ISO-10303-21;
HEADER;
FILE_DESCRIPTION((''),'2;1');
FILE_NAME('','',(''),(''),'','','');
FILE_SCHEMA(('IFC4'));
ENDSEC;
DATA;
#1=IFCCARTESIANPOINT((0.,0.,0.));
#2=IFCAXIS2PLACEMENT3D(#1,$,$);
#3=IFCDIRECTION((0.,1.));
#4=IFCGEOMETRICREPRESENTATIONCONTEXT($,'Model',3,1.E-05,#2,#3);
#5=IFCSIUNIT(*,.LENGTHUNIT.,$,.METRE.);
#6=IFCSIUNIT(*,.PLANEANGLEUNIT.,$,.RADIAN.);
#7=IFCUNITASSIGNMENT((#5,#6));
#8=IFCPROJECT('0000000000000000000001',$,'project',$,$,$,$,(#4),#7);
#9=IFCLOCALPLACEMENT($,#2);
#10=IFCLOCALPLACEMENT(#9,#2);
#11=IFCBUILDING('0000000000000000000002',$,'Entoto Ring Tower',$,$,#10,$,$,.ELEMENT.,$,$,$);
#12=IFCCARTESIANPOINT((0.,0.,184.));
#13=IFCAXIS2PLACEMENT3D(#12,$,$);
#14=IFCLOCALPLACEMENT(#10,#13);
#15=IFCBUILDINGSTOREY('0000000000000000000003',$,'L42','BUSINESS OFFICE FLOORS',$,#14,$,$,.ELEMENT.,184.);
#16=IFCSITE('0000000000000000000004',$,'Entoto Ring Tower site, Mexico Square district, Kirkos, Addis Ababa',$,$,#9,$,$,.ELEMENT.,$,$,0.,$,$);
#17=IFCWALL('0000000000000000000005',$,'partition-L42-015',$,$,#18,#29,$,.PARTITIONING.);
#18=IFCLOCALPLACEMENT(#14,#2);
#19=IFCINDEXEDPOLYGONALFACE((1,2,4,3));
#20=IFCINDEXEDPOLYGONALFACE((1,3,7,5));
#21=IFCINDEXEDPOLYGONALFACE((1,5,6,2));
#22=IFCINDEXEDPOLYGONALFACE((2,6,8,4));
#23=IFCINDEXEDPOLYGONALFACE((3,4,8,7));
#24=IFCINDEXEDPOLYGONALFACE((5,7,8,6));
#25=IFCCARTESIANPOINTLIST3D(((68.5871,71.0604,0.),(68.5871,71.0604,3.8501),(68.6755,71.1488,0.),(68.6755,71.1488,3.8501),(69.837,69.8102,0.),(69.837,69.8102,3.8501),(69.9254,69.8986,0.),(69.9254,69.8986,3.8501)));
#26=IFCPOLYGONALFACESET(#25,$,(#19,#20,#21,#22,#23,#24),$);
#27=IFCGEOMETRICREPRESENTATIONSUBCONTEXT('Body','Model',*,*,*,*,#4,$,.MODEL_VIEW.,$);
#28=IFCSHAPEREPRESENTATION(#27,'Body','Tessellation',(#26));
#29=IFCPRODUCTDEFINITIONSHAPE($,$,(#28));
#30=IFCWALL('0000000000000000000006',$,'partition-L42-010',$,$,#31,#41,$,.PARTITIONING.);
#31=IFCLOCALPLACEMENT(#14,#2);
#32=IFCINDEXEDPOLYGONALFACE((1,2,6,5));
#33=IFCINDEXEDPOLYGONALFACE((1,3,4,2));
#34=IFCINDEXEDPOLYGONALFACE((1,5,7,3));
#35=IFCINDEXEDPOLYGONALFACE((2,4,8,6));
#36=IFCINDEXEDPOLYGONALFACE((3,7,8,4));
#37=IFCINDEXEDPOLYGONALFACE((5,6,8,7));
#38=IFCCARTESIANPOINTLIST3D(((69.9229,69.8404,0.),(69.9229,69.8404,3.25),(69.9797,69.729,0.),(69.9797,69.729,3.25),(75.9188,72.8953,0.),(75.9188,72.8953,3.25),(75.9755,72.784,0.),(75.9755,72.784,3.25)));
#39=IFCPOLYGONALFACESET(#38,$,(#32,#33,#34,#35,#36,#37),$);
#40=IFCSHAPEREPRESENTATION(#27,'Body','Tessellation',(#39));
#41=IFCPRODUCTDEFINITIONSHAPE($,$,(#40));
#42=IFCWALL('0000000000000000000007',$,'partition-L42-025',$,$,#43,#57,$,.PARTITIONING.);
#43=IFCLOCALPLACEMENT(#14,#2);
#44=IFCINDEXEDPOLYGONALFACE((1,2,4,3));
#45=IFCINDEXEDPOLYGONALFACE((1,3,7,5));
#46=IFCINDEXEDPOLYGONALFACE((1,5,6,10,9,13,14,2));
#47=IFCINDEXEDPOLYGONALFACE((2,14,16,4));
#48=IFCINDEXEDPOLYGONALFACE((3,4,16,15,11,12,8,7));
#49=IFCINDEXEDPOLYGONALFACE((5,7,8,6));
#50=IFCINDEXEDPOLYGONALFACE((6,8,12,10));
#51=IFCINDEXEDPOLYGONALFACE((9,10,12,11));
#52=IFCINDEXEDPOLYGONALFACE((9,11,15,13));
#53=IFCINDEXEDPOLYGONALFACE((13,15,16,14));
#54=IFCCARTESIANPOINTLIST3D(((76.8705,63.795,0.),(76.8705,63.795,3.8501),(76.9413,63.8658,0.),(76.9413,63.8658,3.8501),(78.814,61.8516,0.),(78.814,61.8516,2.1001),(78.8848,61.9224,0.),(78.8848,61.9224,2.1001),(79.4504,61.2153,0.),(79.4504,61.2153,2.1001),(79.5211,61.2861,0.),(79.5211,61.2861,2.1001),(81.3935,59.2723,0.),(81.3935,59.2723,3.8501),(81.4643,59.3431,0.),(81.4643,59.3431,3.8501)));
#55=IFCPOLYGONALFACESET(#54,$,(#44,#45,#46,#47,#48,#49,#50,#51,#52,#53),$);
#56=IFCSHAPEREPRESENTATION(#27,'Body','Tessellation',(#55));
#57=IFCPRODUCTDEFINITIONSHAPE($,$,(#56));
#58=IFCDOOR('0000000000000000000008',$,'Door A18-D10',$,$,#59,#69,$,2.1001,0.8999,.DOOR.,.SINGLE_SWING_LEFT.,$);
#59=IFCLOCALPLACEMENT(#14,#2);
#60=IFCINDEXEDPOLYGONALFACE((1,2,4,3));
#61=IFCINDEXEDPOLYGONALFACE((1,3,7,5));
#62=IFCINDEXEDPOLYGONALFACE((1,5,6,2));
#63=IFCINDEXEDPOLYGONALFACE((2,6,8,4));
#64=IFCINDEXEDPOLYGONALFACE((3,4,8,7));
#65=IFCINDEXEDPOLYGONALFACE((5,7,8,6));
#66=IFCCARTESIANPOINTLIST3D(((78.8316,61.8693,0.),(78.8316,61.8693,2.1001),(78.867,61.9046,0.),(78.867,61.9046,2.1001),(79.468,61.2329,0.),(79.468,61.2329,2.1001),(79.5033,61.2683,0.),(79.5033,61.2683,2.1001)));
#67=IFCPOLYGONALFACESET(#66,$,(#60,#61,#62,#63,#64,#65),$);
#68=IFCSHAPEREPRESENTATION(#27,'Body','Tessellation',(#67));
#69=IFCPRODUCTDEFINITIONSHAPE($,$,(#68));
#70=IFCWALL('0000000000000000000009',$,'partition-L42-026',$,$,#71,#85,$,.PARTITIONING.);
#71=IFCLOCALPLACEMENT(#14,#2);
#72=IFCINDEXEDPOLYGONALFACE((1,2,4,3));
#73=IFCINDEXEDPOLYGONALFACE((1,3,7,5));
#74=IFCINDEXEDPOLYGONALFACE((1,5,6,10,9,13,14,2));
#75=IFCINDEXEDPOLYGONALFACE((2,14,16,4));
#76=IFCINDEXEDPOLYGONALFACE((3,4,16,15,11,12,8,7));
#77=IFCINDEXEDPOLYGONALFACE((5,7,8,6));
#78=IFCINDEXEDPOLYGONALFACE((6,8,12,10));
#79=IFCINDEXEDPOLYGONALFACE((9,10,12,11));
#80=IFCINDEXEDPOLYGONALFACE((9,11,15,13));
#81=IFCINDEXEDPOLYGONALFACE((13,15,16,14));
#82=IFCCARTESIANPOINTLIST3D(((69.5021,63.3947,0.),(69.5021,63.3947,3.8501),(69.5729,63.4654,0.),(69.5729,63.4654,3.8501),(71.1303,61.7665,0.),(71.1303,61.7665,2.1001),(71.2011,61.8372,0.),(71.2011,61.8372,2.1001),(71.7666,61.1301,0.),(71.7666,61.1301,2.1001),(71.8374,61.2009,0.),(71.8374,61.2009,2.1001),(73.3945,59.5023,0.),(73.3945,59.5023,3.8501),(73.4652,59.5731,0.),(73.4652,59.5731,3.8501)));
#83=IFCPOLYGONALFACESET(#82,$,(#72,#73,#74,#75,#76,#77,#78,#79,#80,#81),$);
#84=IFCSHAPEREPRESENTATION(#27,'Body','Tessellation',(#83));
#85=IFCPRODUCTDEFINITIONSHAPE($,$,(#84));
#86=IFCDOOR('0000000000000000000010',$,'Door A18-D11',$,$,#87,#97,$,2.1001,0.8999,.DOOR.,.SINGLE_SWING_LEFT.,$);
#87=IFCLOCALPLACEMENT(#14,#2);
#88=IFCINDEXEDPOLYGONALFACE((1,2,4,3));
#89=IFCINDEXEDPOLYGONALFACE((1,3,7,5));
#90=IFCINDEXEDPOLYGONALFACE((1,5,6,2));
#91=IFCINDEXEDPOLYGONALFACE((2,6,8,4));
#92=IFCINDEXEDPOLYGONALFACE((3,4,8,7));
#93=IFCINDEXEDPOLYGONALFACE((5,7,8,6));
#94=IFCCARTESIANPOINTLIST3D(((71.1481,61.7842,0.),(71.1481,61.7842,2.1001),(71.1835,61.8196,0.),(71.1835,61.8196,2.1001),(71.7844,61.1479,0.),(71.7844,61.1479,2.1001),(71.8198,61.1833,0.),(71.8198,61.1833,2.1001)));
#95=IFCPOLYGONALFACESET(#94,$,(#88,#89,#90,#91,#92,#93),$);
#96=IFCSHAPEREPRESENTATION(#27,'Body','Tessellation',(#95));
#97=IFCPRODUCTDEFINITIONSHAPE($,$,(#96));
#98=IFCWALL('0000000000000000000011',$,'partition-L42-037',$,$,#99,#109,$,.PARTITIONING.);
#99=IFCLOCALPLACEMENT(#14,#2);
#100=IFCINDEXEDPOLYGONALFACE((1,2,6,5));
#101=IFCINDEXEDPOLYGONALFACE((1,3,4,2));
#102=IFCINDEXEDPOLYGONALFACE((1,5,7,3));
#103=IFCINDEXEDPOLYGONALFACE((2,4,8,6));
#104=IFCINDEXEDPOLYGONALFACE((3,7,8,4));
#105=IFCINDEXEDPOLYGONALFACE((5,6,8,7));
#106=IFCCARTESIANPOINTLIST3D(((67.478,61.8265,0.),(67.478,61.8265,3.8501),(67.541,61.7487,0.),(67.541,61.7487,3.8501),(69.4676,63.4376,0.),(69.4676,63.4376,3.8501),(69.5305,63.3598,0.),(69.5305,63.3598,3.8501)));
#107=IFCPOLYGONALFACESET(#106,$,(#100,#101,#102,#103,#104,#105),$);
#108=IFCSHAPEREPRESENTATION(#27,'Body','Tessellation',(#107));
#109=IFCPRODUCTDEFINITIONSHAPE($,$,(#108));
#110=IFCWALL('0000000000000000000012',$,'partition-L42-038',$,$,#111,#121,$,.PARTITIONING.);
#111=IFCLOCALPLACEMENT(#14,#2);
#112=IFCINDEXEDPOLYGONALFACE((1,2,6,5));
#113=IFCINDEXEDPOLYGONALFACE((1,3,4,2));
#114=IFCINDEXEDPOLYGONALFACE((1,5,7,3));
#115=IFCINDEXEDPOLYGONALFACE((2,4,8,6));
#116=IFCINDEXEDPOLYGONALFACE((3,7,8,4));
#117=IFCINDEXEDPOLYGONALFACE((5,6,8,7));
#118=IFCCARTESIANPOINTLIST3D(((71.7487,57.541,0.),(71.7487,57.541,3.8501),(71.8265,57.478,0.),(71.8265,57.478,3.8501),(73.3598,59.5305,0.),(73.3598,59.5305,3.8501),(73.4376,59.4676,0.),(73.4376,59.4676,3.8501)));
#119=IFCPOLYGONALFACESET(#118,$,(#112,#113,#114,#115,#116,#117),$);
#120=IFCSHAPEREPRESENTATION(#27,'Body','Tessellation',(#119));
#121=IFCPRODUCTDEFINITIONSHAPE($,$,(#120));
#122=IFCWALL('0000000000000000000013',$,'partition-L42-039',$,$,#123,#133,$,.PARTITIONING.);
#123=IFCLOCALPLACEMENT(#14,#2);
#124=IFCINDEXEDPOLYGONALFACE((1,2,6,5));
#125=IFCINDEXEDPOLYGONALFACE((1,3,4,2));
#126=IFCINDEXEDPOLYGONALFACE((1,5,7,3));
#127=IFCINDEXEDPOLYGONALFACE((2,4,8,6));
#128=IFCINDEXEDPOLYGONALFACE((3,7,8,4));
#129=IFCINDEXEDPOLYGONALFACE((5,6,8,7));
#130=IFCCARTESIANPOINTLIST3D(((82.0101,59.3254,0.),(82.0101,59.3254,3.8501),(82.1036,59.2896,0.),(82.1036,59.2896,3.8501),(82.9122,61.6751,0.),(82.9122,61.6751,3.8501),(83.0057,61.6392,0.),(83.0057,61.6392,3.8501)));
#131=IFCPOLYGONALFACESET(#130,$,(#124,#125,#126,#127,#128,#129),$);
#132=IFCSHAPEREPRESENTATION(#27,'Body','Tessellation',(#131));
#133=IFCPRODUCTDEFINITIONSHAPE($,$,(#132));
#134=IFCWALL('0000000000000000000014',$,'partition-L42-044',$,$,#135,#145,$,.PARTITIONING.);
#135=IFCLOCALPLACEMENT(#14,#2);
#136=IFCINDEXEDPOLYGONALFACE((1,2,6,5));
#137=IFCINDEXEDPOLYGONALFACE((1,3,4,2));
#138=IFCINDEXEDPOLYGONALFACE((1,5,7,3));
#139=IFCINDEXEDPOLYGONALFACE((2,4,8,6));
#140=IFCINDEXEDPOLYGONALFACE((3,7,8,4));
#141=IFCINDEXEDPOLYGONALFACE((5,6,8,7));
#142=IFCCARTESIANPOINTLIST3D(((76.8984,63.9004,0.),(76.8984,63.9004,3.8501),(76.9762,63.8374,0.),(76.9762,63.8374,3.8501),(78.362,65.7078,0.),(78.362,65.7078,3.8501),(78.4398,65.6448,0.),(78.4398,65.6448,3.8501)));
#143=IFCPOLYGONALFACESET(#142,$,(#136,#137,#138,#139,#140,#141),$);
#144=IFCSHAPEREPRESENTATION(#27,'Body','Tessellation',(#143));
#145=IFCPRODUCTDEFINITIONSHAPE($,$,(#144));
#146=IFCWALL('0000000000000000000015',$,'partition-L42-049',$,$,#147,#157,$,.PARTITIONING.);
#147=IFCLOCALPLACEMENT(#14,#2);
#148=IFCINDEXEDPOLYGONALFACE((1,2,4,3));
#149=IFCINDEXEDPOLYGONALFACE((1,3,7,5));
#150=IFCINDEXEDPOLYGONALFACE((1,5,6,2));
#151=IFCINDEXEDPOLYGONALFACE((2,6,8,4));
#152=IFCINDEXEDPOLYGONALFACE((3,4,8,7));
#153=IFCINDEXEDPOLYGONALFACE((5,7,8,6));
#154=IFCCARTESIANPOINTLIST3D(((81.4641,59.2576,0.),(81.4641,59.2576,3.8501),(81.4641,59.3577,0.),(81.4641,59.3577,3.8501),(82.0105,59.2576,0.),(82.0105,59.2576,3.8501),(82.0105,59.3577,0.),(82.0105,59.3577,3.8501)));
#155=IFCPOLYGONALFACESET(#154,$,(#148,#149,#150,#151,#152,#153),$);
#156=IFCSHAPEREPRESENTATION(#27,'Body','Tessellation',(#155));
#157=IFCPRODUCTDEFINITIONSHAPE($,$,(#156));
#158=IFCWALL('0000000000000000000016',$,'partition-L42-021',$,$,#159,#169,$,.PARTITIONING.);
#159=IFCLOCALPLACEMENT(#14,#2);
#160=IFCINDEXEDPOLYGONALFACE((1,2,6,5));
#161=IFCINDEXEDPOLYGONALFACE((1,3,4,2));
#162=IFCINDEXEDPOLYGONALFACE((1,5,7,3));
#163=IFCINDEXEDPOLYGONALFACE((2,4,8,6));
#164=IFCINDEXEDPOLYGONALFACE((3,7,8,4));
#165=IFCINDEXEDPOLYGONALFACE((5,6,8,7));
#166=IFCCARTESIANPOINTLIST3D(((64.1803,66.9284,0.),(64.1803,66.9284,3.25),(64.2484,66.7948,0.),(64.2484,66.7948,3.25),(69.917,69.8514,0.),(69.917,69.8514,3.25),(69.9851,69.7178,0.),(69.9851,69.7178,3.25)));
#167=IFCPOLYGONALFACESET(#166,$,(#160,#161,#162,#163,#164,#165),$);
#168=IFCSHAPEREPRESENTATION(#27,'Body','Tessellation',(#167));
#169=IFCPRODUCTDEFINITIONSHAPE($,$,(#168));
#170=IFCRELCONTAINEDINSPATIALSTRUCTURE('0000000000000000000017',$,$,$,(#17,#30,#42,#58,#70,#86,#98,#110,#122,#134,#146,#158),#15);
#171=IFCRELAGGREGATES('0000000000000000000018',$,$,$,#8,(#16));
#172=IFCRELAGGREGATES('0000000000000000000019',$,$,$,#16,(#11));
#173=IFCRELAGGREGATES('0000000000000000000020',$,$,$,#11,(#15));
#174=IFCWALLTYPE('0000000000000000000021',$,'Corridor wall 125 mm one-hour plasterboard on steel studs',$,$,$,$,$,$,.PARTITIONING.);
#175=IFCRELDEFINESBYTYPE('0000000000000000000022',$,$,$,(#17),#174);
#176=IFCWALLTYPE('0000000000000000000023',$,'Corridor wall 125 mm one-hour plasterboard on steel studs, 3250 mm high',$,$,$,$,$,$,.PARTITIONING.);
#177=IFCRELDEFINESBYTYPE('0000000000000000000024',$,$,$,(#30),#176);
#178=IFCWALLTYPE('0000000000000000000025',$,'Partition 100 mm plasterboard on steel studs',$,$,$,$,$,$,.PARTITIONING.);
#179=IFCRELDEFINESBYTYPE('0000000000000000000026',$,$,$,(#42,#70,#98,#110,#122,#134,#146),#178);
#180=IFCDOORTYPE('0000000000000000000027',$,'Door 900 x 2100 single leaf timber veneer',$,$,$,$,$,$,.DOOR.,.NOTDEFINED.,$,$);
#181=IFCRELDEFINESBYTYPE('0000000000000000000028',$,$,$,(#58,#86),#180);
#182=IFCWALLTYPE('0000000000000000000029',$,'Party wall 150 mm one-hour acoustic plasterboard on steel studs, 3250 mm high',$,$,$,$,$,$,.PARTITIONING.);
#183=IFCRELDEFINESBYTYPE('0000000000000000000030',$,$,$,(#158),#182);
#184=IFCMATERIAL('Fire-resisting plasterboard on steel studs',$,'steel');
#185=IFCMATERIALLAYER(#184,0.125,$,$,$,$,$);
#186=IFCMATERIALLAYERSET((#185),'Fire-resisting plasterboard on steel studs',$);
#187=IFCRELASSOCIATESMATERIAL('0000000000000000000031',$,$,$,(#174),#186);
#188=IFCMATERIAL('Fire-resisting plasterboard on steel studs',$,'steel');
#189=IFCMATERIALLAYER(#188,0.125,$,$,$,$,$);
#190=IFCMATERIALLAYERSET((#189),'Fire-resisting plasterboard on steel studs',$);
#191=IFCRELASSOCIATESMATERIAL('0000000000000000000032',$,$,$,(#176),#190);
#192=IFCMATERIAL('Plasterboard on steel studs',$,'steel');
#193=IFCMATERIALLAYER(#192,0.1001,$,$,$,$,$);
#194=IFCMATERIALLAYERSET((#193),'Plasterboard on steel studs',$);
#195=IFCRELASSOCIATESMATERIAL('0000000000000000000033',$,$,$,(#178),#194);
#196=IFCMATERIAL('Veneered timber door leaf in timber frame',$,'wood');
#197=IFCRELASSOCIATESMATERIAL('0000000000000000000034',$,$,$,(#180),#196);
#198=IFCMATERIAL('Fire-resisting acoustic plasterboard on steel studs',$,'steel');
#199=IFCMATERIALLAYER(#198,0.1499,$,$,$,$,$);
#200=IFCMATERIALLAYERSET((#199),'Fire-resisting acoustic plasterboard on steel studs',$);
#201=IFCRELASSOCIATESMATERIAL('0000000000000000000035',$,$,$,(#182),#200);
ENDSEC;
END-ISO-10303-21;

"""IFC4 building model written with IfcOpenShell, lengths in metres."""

from ifc_helpers import new_model, si_unit, direction, frame, frame_2d, origin, place, context, subcontext, project, spatial, rectangle, extrude, material, layer, layer_set, type_object, element, fill, save


model = new_model("IFC4")

# Units and contexts
model_context = context("Model", 3, precision=1e-05, world=origin(), true_north=direction((0.0, 1.0)))
body_context = subcontext(model_context, "Body", "Model", "MODEL_VIEW")
ifc_project = project(units=[si_unit("LENGTHUNIT", "METRE"), si_unit("PLANEANGLEUNIT", "RADIAN")], contexts=[model_context])

# Site, building, storey
site_placement = place(None, origin())
site = spatial("IfcSite", under=ifc_project, at=site_placement, Name="Entoto Ring Tower site, Mexico Square district, Kirkos, Addis Ababa", CompositionType="ELEMENT", RefElevation=0.0)
building_placement = place(site_placement, origin())
building = spatial("IfcBuilding", under=site, at=building_placement, Name="Entoto Ring Tower", CompositionType="ELEMENT")
storey_placement = place(building_placement, frame((0.0, 0.0, 184.0)))
storey = spatial("IfcBuildingStorey", under=building, at=storey_placement, Name="L42", Description="BUSINESS OFFICE FLOORS", CompositionType="ELEMENT", Elevation=184.0)

# Shared definitions
ifc_material_1 = material(Name="Fire-resisting plasterboard on steel studs", Category="steel")
ifc_layer_1 = layer(ifc_material_1, 0.125)
ifc_layer_set_1 = layer_set([ifc_layer_1], Name="Fire-resisting plasterboard on steel studs")
wall_type_1 = type_object("IfcWallType", Name="Corridor wall 125 mm one-hour plasterboard on steel studs", PredefinedType="PARTITIONING", material=ifc_layer_set_1)

# Walls
wall_1_placement = place(storey_placement, frame((69.8811, 69.8545, 0.0), z_axis=(0.0, 0.0, 1.0), x_axis=(-0.707038, 0.707176, 0.0)))
element("IfcWall", 1, at=wall_1_placement, inside=storey, type_object=wall_type_1, Name="partition-L42-015", PredefinedType="PARTITIONING", context=body_context, shape_type="SweptSolid", body=[
    extrude(rectangle(XDim=1.7678, YDim=0.125, at=frame_2d((0.8838, 0.0))), origin(), (0.0, 0.0, 1.0), 3.8501),
])
ifc_material_2 = material(Name="Fire-resisting plasterboard on steel studs", Category="steel")
ifc_layer_2 = layer(ifc_material_2, 0.125)
ifc_layer_set_2 = layer_set([ifc_layer_2], Name="Fire-resisting plasterboard on steel studs")
wall_type_2 = type_object("IfcWallType", Name="Corridor wall 125 mm one-hour plasterboard on steel studs, 3250 mm high", PredefinedType="PARTITIONING", material=ifc_layer_set_2)
wall_2_placement = place(storey_placement, frame((69.9512, 69.7847, 0.0), z_axis=(0.0, 0.0, 1.0), x_axis=(0.891013, 0.453978, 0.0)))
element("IfcWall", 2, at=wall_2_placement, inside=storey, type_object=wall_type_2, Name="partition-L42-010", PredefinedType="PARTITIONING", context=body_context, shape_type="SweptSolid", body=[
    extrude(rectangle(XDim=6.7292, YDim=0.125, at=frame_2d((3.3647, 0.0))), origin(), (0.0, 0.0, 1.0), 3.25),
])

# Walls, openings, doors
ifc_material_3 = material(Name="Plasterboard on steel studs", Category="steel")
ifc_layer_3 = layer(ifc_material_3, 0.1001)
ifc_layer_set_3 = layer_set([ifc_layer_3], Name="Plasterboard on steel studs")
wall_type_3 = type_object("IfcWallType", Name="Partition 100 mm plasterboard on steel studs", PredefinedType="PARTITIONING", material=ifc_layer_set_3)
wall_3_placement = place(storey_placement, frame((81.429, 59.3076, 0.0), z_axis=(0.0, 0.0, 1.0), x_axis=(-0.707126, 0.707088, 0.0)))
wall_3 = element("IfcWall", 3, at=wall_3_placement, inside=storey, type_object=wall_type_3, Name="partition-L42-025", PredefinedType="PARTITIONING", context=body_context, shape_type="SweptSolid", body=[
    extrude(rectangle(XDim=6.3962, YDim=0.1001, at=frame_2d((3.1982, 0.0))), origin(), (0.0, 0.0, 1.0), 3.8501),
])
opening_1_placement = place(wall_3_placement, frame((2.748, 0.0, 0.0)))
opening_1 = element("IfcOpeningElement", 4, at=opening_1_placement, cuts=wall_3, PredefinedType="OPENING", context=body_context, shape_type="SweptSolid", body=[
    extrude(rectangle(XDim=0.8999, YDim=2.1001, at=frame_2d((0.45, 1.05))), frame((0.0, 0.0601, 0.0), z_axis=(0.0, -1.0, 0.0), x_axis=(1.0, 0.0, 0.0)), (0.0, 0.0, 1.0), 0.1201),
])
ifc_material_4 = material(Name="Veneered timber door leaf in timber frame", Category="wood")
door_type_1 = type_object("IfcDoorType", Name="Door 900 x 2100 single leaf timber veneer", OperationType="NOTDEFINED", PredefinedType="DOOR", material=ifc_material_4)
door_1_placement = place(opening_1_placement, frame((0.8999, 0.0, 0.0), z_axis=(0.0, 0.0, 1.0), x_axis=(-1.0, 0.0, 0.0)))
door_1 = element("IfcDoor", 5, at=door_1_placement, inside=storey, type_object=door_type_1, Name="Door A18-D10", OperationType="SINGLE_SWING_LEFT", OverallHeight=2.1001, OverallWidth=0.8999, PredefinedType="DOOR", context=body_context, shape_type="SweptSolid", body=[
    extrude(rectangle(XDim=0.8999, YDim=2.1001, at=frame_2d((0.45, 1.05))), frame((0.0, 0.0249, 0.0), z_axis=(0.0, -1.0, 0.0), x_axis=(1.0, 0.0, 0.0)), (0.0, 0.0, 1.0), 0.05),
])
fill(opening_1, door_1)
wall_4_placement = place(storey_placement, frame((73.4299, 59.5376, 0.0), z_axis=(0.0, 0.0, 1.0), x_axis=(-0.707107, 0.707107, 0.0)))
wall_4 = element("IfcWall", 6, at=wall_4_placement, inside=storey, type_object=wall_type_3, Name="partition-L42-026", PredefinedType="PARTITIONING", context=body_context, shape_type="SweptSolid", body=[
    extrude(rectangle(XDim=5.5046, YDim=0.1001, at=frame_2d((2.7524, 0.0))), origin(), (0.0, 0.0, 1.0), 3.8501),
])
opening_2_placement = place(wall_4_placement, frame((2.3022, 0.0, 0.0)))
opening_2 = element("IfcOpeningElement", 7, at=opening_2_placement, cuts=wall_4, PredefinedType="OPENING", context=body_context, shape_type="SweptSolid", body=[
    extrude(rectangle(XDim=0.8999, YDim=2.1001, at=frame_2d((0.45, 1.05))), frame((0.0, 0.0601, 0.0), z_axis=(0.0, -1.0, 0.0), x_axis=(1.0, 0.0, 0.0)), (0.0, 0.0, 1.0), 0.1201),
])
door_2_placement = place(opening_2_placement, origin())
door_2 = element("IfcDoor", 8, at=door_2_placement, inside=storey, type_object=door_type_1, Name="Door A18-D11", OperationType="SINGLE_SWING_LEFT", OverallHeight=2.1001, OverallWidth=0.8999, PredefinedType="DOOR", context=body_context, shape_type="SweptSolid", body=[
    extrude(rectangle(XDim=0.8999, YDim=2.1001, at=frame_2d((0.45, 1.05))), frame((0.0, 0.0249, 0.0), z_axis=(0.0, -1.0, 0.0), x_axis=(1.0, 0.0, 0.0)), (0.0, 0.0, 1.0), 0.05),
])
fill(opening_2, door_2)

# Walls
for number, where, z_axis, x_axis, name in (
    (9, (67.5095, 61.7876, 0.0), (0.0, 0.0, 1.0), (0.777143, 0.629324, 0.0), "partition-L42-037"),
    (10, (71.7876, 57.5095, 0.0), (0.0, 0.0, 1.0), (0.629324, 0.777143, 0.0), "partition-L42-038"),
):
    element("IfcWall", number, at=place(storey_placement, frame(where, z_axis=z_axis, x_axis=x_axis)), inside=storey, type_object=wall_type_3, Name=name, PredefinedType="PARTITIONING", context=body_context, shape_type="SweptSolid", body=[
        extrude(rectangle(XDim=2.5601, YDim=0.1001, at=frame_2d((1.28, 0.0))), origin(), (0.0, 0.0, 1.0), 3.8501),
    ])
wall_5_placement = place(storey_placement, frame((82.0569, 59.3076, 0.0), z_axis=(0.0, 0.0, 1.0), x_axis=(0.358426, 0.933558, 0.0)))
element("IfcWall", 11, at=wall_5_placement, inside=storey, type_object=wall_type_3, Name="partition-L42-039", PredefinedType="PARTITIONING", context=body_context, shape_type="SweptSolid", body=[
    extrude(rectangle(XDim=2.5168, YDim=0.1001, at=frame_2d((1.2583, 0.0))), origin(), (0.0, 0.0, 1.0), 3.8501),
])
wall_6_placement = place(storey_placement, frame((76.9373, 63.8689, 0.0), z_axis=(0.0, 0.0, 1.0), x_axis=(0.629331, 0.777137, 0.0)))
element("IfcWall", 12, at=wall_6_placement, inside=storey, type_object=wall_type_3, Name="partition-L42-044", PredefinedType="PARTITIONING", context=body_context, shape_type="SweptSolid", body=[
    extrude(rectangle(XDim=2.3257, YDim=0.1001, at=frame_2d((1.1628, 0.0))), origin(), (0.0, 0.0, 1.0), 3.8501),
])
wall_7_placement = place(storey_placement, frame((81.4641, 59.3076, 0.0), z_axis=(0.0, 0.0, 1.0), x_axis=(1.0, 0.0, 0.0)))
element("IfcWall", 13, at=wall_7_placement, inside=storey, type_object=wall_type_3, Name="partition-L42-049", PredefinedType="PARTITIONING", context=body_context, shape_type="SweptSolid", body=[
    extrude(rectangle(XDim=0.5464, YDim=0.1001, at=frame_2d((0.2732, 0.0))), origin(), (0.0, 0.0, 1.0), 3.8501),
])
ifc_material_5 = material(Name="Fire-resisting acoustic plasterboard on steel studs", Category="steel")
ifc_layer_4 = layer(ifc_material_5, 0.1499)
ifc_layer_set_4 = layer_set([ifc_layer_4], Name="Fire-resisting acoustic plasterboard on steel studs")
wall_type_4 = type_object("IfcWallType", Name="Party wall 150 mm one-hour acoustic plasterboard on steel studs, 3250 mm high", PredefinedType="PARTITIONING", material=ifc_layer_set_4)
wall_8_placement = place(storey_placement, frame((64.2144, 66.8616, 0.0), z_axis=(0.0, 0.0, 1.0), x_axis=(0.891004, 0.453996, 0.0)))
element("IfcWall", 14, at=wall_8_placement, inside=storey, type_object=wall_type_4, Name="partition-L42-021", PredefinedType="PARTITIONING", context=body_context, shape_type="SweptSolid", body=[
    extrude(rectangle(XDim=6.4385, YDim=0.1499, at=frame_2d((3.2192, 0.0))), origin(), (0.0, 0.0, 1.0), 3.25),
])

save(model, "model.ifc")
